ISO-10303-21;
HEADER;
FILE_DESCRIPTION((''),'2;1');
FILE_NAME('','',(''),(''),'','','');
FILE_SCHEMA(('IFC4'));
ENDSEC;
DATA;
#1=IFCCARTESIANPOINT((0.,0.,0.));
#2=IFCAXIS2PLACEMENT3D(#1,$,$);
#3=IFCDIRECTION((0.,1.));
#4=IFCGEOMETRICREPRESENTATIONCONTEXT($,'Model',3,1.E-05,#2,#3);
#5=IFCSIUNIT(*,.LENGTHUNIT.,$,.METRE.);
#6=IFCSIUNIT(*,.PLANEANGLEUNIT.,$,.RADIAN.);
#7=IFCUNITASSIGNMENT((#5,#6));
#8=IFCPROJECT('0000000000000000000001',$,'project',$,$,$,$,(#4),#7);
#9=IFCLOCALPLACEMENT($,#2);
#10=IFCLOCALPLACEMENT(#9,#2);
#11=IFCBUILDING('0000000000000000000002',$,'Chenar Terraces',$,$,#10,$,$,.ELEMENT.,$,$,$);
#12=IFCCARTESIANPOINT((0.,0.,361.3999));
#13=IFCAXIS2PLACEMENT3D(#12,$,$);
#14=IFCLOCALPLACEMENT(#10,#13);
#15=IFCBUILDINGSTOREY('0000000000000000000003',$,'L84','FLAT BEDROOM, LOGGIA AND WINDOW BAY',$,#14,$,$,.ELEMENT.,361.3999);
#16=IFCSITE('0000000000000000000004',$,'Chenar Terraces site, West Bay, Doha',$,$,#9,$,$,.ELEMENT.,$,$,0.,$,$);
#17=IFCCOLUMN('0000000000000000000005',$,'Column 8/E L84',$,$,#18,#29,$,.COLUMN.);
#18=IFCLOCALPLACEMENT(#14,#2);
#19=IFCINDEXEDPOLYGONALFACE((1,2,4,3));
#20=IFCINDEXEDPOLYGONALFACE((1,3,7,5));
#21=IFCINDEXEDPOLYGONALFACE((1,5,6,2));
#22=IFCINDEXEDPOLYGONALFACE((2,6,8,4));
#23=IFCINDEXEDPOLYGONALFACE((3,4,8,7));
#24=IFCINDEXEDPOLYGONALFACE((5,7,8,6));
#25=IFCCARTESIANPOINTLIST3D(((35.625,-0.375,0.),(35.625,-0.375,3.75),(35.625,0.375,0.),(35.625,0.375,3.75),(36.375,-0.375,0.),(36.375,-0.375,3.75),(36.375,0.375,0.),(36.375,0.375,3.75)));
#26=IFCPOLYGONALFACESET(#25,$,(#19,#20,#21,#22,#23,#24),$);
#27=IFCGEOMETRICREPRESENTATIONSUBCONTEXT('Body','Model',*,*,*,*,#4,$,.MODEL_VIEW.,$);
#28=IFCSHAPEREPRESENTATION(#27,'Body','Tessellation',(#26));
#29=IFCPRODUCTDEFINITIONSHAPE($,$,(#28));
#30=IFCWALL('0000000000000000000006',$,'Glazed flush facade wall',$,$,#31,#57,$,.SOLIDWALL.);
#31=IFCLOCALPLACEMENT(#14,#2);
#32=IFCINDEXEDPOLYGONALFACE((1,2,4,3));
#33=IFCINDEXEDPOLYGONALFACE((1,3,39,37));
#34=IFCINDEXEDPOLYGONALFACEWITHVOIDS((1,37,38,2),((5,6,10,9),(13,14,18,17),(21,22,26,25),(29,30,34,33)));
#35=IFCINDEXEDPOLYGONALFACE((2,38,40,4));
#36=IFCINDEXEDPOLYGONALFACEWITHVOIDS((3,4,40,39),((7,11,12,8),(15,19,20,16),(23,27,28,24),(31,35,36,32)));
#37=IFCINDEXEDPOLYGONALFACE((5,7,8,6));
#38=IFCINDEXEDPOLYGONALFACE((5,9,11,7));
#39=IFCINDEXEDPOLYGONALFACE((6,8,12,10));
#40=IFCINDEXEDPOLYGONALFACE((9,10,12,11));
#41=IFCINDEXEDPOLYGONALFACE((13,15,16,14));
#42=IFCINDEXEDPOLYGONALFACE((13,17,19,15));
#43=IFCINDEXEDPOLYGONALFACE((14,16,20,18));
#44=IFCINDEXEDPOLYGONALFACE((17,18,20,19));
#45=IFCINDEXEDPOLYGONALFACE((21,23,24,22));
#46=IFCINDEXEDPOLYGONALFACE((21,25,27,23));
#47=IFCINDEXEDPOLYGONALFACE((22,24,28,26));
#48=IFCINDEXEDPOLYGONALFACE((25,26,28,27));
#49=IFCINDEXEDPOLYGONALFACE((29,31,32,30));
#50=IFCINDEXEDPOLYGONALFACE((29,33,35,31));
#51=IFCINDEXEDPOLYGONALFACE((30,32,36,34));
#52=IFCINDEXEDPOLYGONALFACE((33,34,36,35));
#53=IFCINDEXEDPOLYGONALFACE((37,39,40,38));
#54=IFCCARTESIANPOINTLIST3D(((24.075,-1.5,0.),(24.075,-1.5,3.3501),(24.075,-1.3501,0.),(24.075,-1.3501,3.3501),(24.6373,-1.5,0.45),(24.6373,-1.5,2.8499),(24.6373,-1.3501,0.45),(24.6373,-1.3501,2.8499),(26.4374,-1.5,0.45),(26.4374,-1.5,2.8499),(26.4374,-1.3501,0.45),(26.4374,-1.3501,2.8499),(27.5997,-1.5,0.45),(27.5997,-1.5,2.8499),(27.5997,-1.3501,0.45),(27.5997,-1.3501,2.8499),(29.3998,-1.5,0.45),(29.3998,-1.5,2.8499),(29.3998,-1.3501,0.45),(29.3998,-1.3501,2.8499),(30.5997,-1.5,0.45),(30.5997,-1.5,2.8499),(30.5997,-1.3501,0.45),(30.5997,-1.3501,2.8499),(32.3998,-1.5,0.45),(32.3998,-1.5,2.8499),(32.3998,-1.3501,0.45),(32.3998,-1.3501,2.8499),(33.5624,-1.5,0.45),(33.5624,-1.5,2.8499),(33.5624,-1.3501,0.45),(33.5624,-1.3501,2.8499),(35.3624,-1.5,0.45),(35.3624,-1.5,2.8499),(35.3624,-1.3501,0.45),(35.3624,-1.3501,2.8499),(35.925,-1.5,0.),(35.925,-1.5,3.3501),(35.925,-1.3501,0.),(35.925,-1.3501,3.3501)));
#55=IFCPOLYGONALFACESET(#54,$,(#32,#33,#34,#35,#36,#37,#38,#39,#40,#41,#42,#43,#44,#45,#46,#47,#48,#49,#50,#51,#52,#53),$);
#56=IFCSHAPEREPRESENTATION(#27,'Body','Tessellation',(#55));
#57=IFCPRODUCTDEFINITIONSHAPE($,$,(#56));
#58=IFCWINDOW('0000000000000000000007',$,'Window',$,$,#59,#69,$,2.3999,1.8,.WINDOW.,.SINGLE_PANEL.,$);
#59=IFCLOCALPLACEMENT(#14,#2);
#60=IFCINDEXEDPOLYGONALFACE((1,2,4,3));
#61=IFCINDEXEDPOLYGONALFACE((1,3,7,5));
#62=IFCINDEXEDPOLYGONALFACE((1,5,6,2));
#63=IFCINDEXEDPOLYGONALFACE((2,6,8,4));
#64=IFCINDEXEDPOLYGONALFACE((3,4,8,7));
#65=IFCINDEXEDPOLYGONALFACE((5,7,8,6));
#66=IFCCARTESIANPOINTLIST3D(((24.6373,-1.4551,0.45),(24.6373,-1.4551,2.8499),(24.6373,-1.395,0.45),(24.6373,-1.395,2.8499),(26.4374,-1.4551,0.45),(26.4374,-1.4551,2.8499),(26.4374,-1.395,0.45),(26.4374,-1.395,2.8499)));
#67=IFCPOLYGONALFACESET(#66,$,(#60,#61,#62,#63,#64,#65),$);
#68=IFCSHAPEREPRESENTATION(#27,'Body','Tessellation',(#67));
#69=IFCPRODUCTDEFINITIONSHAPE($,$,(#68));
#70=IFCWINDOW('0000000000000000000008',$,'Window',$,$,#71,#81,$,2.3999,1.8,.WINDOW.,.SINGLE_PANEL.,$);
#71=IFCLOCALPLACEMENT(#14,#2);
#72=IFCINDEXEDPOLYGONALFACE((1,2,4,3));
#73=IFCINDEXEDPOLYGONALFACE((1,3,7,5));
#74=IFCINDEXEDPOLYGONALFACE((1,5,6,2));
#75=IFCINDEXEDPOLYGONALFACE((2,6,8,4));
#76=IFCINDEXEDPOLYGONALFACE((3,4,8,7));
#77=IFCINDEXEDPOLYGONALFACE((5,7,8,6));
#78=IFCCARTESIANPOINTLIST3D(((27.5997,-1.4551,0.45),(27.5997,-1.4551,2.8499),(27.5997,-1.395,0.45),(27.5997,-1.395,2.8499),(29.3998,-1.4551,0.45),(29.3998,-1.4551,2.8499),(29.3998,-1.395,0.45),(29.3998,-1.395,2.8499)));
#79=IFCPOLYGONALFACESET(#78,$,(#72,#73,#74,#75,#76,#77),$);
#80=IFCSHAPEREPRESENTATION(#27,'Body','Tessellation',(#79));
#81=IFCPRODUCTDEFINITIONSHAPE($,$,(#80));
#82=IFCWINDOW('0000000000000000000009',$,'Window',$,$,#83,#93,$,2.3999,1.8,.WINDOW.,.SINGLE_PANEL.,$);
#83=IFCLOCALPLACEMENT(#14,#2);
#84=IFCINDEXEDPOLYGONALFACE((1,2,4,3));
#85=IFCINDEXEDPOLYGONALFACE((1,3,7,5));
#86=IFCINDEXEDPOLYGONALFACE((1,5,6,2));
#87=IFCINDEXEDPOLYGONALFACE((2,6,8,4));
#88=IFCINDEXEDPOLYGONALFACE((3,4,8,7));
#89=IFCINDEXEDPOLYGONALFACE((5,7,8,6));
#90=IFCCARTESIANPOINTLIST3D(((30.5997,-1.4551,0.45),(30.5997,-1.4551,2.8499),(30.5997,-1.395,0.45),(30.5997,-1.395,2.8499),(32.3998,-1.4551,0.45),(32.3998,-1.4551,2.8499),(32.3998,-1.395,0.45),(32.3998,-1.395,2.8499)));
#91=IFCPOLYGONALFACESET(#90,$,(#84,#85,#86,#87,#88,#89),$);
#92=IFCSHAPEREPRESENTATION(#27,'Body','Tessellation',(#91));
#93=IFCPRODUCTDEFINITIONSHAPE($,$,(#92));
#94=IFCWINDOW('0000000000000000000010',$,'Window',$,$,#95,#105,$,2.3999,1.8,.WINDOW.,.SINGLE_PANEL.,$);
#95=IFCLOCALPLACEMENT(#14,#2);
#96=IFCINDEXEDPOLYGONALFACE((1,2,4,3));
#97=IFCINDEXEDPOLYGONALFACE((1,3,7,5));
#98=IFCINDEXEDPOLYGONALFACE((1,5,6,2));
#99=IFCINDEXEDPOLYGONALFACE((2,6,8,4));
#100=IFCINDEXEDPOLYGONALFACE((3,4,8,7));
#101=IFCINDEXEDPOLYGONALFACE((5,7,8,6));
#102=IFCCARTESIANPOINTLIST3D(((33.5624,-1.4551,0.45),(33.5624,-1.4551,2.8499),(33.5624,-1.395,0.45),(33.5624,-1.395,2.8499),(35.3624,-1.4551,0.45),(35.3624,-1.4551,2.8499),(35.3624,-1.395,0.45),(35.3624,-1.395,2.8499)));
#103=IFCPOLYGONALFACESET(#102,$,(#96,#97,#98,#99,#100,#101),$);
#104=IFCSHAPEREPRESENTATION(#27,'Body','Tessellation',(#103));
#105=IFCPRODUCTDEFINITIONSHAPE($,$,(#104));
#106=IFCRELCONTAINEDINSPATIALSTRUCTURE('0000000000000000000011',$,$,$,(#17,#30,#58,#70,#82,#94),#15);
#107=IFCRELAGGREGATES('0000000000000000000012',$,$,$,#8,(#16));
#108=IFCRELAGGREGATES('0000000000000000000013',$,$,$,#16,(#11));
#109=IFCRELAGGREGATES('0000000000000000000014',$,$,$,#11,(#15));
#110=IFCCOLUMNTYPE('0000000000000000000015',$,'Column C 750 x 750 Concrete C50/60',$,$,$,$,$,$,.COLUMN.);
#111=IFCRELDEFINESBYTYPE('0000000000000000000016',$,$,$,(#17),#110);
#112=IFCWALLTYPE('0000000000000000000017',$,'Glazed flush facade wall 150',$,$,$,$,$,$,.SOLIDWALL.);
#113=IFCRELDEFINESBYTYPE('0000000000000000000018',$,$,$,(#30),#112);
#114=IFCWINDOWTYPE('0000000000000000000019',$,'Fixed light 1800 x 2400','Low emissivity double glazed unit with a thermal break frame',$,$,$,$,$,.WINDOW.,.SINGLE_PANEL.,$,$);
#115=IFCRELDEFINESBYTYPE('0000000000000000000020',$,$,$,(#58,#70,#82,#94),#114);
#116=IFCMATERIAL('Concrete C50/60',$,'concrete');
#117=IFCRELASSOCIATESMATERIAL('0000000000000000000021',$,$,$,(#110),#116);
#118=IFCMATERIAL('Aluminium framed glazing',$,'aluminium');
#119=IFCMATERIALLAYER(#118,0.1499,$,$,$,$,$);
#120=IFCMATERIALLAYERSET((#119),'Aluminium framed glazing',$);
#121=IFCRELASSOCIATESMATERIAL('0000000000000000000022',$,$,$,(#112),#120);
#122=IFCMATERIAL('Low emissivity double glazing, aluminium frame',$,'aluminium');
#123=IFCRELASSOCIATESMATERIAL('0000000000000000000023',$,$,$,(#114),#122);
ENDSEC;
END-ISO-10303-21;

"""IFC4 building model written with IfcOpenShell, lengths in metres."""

from ifc_helpers import new_model, si_unit, direction, frame, frame_2d, origin, origin_2d, place, context, subcontext, project, spatial, rectangle, extrude, material, layer, layer_set, material_profile, profile_set, type_object, element, fill, save


model = new_model("IFC4")

# Units and contexts
model_context = context("Model", 3, precision=1e-05, world=origin(), true_north=direction((0.0, 1.0)))
body_context = subcontext(model_context, "Body", "Model", "MODEL_VIEW")
ifc_project = project(units=[si_unit("LENGTHUNIT", "METRE"), si_unit("PLANEANGLEUNIT", "RADIAN")], contexts=[model_context])

# Site, building, storey
site_placement = place(None, origin())
site = spatial("IfcSite", under=ifc_project, at=site_placement, Name="Chenar Terraces site, West Bay, Doha", CompositionType="ELEMENT", RefElevation=0.0)
building_placement = place(site_placement, origin())
building = spatial("IfcBuilding", under=site, at=building_placement, Name="Chenar Terraces", CompositionType="ELEMENT")
storey_placement = place(building_placement, frame((0.0, 0.0, 361.3999)))
storey = spatial("IfcBuildingStorey", under=building, at=storey_placement, Name="L84", Description="FLAT BEDROOM, LOGGIA AND WINDOW BAY", CompositionType="ELEMENT", Elevation=361.3999)

# Column
ifc_material_1 = material(Name="Concrete C50/60", Category="concrete")
ifc_material_profile_1 = material_profile(ifc_material_1, rectangle(XDim=0.75, YDim=0.75, at=origin_2d()), Name="C 750 x 750")
ifc_profile_set_1 = profile_set([ifc_material_profile_1], Name="Concrete C50/60")
column_type = type_object("IfcColumnType", Name="Column C 750 x 750 Concrete C50/60", PredefinedType="COLUMN", material=ifc_profile_set_1)
column_placement = place(storey_placement, frame((36.0, 0.0, 0.0), z_axis=(0.0, 0.0, 1.0), x_axis=(1.0, 0.0, 0.0)))
element("IfcColumn", 1, at=column_placement, inside=storey, type_object=column_type, Name="Column 8/E L84", PredefinedType="COLUMN", context=body_context, shape_type="SweptSolid", body=[
    extrude(rectangle(XDim=0.75, YDim=0.75, at=origin_2d()), origin(), (0.0, 0.0, 1.0), 3.75),
])

# Wall, openings, windows
ifc_material_2 = material(Name="Aluminium framed glazing", Category="aluminium")
ifc_layer_1 = layer(ifc_material_2, 0.1499)
ifc_layer_set_1 = layer_set([ifc_layer_1], Name="Aluminium framed glazing")
wall_type_1 = type_object("IfcWallType", Name="Glazed flush facade wall 150", PredefinedType="SOLIDWALL", material=ifc_layer_set_1)
wall_1_placement = place(storey_placement, frame((24.075, -1.425, 0.0), z_axis=(0.0, 0.0, 1.0), x_axis=(1.0, 0.0, 0.0)))
wall_1 = element("IfcWall", 2, at=wall_1_placement, inside=storey, type_object=wall_type_1, Name="Glazed flush facade wall", PredefinedType="SOLIDWALL", context=body_context, shape_type="SweptSolid", body=[
    extrude(rectangle(XDim=11.8501, YDim=0.1499, at=frame_2d((5.925, 0.0))), origin(), (0.0, 0.0, 1.0), 3.3501),
])
opening_1_placement = place(wall_1_placement, frame((0.5625, 0.0, 0.45)))
opening_1 = element("IfcOpeningElement", 3, at=opening_1_placement, cuts=wall_1, PredefinedType="OPENING", context=body_context, shape_type="SweptSolid", body=[
    extrude(rectangle(XDim=1.8, YDim=2.3999, at=frame_2d((0.8999, 1.2))), frame((0.0, 0.085, 0.0), z_axis=(0.0, -1.0, 0.0), x_axis=(1.0, 0.0, 0.0)), (0.0, 0.0, 1.0), 0.1699),
])
opening_2_placement = place(wall_1_placement, frame((3.5249, 0.0, 0.45)))
opening_2 = element("IfcOpeningElement", 4, at=opening_2_placement, cuts=wall_1, PredefinedType="OPENING", context=body_context, shape_type="SweptSolid", body=[
    extrude(rectangle(XDim=1.8, YDim=2.3999, at=frame_2d((0.8999, 1.2))), frame((0.0, 0.085, 0.0), z_axis=(0.0, -1.0, 0.0), x_axis=(1.0, 0.0, 0.0)), (0.0, 0.0, 1.0), 0.1699),
])
opening_3_placement = place(wall_1_placement, frame((6.5249, 0.0, 0.45)))
opening_3 = element("IfcOpeningElement", 5, at=opening_3_placement, cuts=wall_1, PredefinedType="OPENING", context=body_context, shape_type="SweptSolid", body=[
    extrude(rectangle(XDim=1.8, YDim=2.3999, at=frame_2d((0.8999, 1.2))), frame((0.0, 0.085, 0.0), z_axis=(0.0, -1.0, 0.0), x_axis=(1.0, 0.0, 0.0)), (0.0, 0.0, 1.0), 0.1699),
])
opening_4_placement = place(wall_1_placement, frame((9.4875, 0.0, 0.45)))
opening_4 = element("IfcOpeningElement", 6, at=opening_4_placement, cuts=wall_1, PredefinedType="OPENING", context=body_context, shape_type="SweptSolid", body=[
    extrude(rectangle(XDim=1.8, YDim=2.3999, at=frame_2d((0.8999, 1.2))), frame((0.0, 0.085, 0.0), z_axis=(0.0, -1.0, 0.0), x_axis=(1.0, 0.0, 0.0)), (0.0, 0.0, 1.0), 0.1699),
])
ifc_material_3 = material(Name="Low emissivity double glazing, aluminium frame", Category="aluminium")
window_type_1 = type_object("IfcWindowType", Name="Fixed light 1800 x 2400", Description="Low emissivity double glazed unit with a thermal break frame", PartitioningType="SINGLE_PANEL", PredefinedType="WINDOW", material=ifc_material_3)
window_1_placement = place(opening_1_placement, origin())
window_1 = element("IfcWindow", 7, at=window_1_placement, inside=storey, type_object=window_type_1, Name="Window", OverallHeight=2.3999, OverallWidth=1.8, PartitioningType="SINGLE_PANEL", PredefinedType="WINDOW", context=body_context, shape_type="SweptSolid", body=[
    extrude(rectangle(XDim=1.8, YDim=2.3999, at=frame_2d((0.8999, 1.2))), frame((0.0, 0.03, 0.0), z_axis=(0.0, -1.0, 0.0), x_axis=(1.0, 0.0, 0.0)), (0.0, 0.0, 1.0), 0.0601),
])
fill(opening_1, window_1)
window_2_placement = place(opening_2_placement, origin())
window_2 = element("IfcWindow", 8, at=window_2_placement, inside=storey, type_object=window_type_1, Name="Window", OverallHeight=2.3999, OverallWidth=1.8, PartitioningType="SINGLE_PANEL", PredefinedType="WINDOW", context=body_context, shape_type="SweptSolid", body=[
    extrude(rectangle(XDim=1.8, YDim=2.3999, at=frame_2d((0.8999, 1.2))), frame((0.0, 0.03, 0.0), z_axis=(0.0, -1.0, 0.0), x_axis=(1.0, 0.0, 0.0)), (0.0, 0.0, 1.0), 0.0601),
])
fill(opening_2, window_2)
window_3_placement = place(opening_3_placement, origin())
window_3 = element("IfcWindow", 9, at=window_3_placement, inside=storey, type_object=window_type_1, Name="Window", OverallHeight=2.3999, OverallWidth=1.8, PartitioningType="SINGLE_PANEL", PredefinedType="WINDOW", context=body_context, shape_type="SweptSolid", body=[
    extrude(rectangle(XDim=1.8, YDim=2.3999, at=frame_2d((0.8999, 1.2))), frame((0.0, 0.03, 0.0), z_axis=(0.0, -1.0, 0.0), x_axis=(1.0, 0.0, 0.0)), (0.0, 0.0, 1.0), 0.0601),
])
fill(opening_3, window_3)
window_4_placement = place(opening_4_placement, origin())
window_4 = element("IfcWindow", 10, at=window_4_placement, inside=storey, type_object=window_type_1, Name="Window", OverallHeight=2.3999, OverallWidth=1.8, PartitioningType="SINGLE_PANEL", PredefinedType="WINDOW", context=body_context, shape_type="SweptSolid", body=[
    extrude(rectangle(XDim=1.8, YDim=2.3999, at=frame_2d((0.8999, 1.2))), frame((0.0, 0.03, 0.0), z_axis=(0.0, -1.0, 0.0), x_axis=(1.0, 0.0, 0.0)), (0.0, 0.0, 1.0), 0.0601),
])
fill(opening_4, window_4)

save(model, "model.ifc")
